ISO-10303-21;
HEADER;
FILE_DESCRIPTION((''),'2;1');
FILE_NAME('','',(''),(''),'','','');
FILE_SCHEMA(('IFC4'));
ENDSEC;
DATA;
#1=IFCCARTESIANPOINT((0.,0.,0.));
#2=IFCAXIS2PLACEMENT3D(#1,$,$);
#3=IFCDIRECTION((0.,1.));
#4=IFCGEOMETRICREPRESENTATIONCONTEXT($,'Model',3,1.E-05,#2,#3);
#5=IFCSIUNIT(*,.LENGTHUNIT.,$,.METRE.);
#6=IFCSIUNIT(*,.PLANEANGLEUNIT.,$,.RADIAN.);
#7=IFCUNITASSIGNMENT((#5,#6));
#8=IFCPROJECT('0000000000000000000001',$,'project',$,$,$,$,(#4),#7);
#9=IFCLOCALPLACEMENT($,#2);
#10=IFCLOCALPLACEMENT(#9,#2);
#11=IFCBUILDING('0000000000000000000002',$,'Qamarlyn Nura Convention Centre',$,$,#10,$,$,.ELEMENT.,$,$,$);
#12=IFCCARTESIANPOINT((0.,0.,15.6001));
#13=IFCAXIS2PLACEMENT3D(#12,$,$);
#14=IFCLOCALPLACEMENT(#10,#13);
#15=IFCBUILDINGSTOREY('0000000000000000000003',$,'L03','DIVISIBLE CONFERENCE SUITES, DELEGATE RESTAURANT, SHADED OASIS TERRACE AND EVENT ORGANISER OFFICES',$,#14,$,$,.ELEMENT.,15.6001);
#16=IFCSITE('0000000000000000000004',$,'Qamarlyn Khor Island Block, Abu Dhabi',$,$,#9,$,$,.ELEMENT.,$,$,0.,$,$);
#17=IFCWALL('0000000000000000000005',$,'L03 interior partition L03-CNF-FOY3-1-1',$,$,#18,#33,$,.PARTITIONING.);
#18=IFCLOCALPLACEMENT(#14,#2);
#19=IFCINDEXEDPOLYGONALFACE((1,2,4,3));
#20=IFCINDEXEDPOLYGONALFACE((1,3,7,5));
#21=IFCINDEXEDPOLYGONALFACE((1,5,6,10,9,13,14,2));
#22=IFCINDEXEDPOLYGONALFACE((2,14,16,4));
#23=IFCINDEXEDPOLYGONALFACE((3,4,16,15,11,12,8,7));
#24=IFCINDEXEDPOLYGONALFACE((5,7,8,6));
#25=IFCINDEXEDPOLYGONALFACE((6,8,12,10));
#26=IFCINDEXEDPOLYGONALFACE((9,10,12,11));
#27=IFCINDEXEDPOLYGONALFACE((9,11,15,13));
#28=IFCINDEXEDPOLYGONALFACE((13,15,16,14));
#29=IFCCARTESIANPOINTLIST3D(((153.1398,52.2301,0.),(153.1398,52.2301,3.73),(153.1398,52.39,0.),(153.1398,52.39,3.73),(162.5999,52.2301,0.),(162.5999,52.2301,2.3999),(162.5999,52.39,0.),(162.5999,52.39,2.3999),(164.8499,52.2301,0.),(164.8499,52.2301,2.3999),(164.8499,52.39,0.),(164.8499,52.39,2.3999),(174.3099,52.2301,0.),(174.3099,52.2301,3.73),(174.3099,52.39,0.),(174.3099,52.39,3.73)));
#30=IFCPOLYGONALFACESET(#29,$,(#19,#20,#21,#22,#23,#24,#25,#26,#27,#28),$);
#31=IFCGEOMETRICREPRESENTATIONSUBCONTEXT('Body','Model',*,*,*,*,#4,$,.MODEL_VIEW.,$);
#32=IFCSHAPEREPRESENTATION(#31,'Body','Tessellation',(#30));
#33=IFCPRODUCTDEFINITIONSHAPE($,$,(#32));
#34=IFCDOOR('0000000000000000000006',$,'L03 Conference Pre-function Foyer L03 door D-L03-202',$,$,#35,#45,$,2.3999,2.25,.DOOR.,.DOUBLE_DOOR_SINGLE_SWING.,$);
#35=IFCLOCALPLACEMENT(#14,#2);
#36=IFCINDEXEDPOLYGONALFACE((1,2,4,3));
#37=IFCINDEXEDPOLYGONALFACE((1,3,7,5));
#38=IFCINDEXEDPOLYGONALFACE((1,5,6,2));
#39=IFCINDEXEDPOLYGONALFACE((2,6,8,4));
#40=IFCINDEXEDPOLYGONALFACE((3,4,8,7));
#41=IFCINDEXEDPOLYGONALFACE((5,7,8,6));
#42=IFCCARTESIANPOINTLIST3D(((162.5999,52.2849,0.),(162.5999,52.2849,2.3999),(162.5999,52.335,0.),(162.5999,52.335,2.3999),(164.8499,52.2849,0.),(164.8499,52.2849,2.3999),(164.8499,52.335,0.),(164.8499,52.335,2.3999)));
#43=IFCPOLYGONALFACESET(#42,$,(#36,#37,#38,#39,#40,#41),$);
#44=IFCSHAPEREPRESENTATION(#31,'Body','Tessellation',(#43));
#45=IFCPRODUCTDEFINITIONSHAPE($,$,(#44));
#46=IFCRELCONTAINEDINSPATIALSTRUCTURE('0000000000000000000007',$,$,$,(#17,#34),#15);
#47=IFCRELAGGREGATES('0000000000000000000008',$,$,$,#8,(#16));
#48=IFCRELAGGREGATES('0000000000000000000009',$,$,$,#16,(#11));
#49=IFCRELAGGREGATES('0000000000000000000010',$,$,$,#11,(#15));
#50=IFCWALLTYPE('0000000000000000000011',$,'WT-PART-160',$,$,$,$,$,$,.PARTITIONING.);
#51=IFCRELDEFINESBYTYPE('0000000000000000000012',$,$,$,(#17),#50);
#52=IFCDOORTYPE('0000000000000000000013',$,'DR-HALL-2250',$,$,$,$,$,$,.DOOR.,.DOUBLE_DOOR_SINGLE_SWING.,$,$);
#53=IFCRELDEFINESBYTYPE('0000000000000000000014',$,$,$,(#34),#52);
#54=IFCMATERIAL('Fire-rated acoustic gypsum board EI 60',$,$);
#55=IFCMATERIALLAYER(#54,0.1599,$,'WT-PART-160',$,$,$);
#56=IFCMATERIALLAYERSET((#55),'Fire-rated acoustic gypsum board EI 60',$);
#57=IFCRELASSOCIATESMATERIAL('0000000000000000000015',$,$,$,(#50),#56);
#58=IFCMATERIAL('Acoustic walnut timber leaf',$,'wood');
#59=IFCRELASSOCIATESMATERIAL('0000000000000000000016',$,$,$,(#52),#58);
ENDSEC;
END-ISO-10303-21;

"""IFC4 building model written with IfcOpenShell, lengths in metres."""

from ifc_helpers import new_model, si_unit, direction, frame, frame_2d, origin, place, context, subcontext, project, spatial, rectangle, extrude, material, layer, layer_set, type_object, element, fill, save


model = new_model("IFC4")

# Units and contexts
model_context = context("Model", 3, precision=1e-05, world=origin(), true_north=direction((0.0, 1.0)))
body_context = subcontext(model_context, "Body", "Model", "MODEL_VIEW")
ifc_project = project(units=[si_unit("LENGTHUNIT", "METRE"), si_unit("PLANEANGLEUNIT", "RADIAN")], contexts=[model_context])

# Site, building, storey
site_placement = place(None, origin())
site = spatial("IfcSite", under=ifc_project, at=site_placement, Name="Qamarlyn Khor Island Block, Abu Dhabi", CompositionType="ELEMENT", RefElevation=0.0)
building_placement = place(site_placement, origin())
building = spatial("IfcBuilding", under=site, at=building_placement, Name="Qamarlyn Nura Convention Centre", CompositionType="ELEMENT")
storey_placement = place(building_placement, frame((0.0, 0.0, 15.6001)))
storey = spatial("IfcBuildingStorey", under=building, at=storey_placement, Name="L03", Description="DIVISIBLE CONFERENCE SUITES, DELEGATE RESTAURANT, SHADED OASIS TERRACE AND EVENT ORGANISER OFFICES", CompositionType="ELEMENT", Elevation=15.6001)

# Shared definitions
ifc_material_1 = material(Name="Acoustic walnut timber leaf", Category="wood")

# Wall, opening, door
ifc_material_2 = material(Name="Fire-rated acoustic gypsum board EI 60")
ifc_layer_1 = layer(ifc_material_2, 0.1599, Name="WT-PART-160")
ifc_layer_set_1 = layer_set([ifc_layer_1], Name="Fire-rated acoustic gypsum board EI 60")
wall_type_1 = type_object("IfcWallType", Name="WT-PART-160", PredefinedType="PARTITIONING", material=ifc_layer_set_1)
wall_1_placement = place(storey_placement, frame((153.1399, 52.3101, 0.0), z_axis=(0.0, 0.0, 1.0), x_axis=(1.0, 0.0, 0.0)))
wall_1 = element("IfcWall", 1, at=wall_1_placement, inside=storey, type_object=wall_type_1, Name="L03 interior partition L03-CNF-FOY3-1-1", PredefinedType="PARTITIONING", context=body_context, shape_type="SweptSolid", body=[
    extrude(rectangle(XDim=21.1702, YDim=0.1599, at=frame_2d((10.585, 0.0))), origin(), (0.0, 0.0, 1.0), 3.73),
])
opening_1_placement = place(wall_1_placement, frame((9.46, 0.0, 0.0)))
opening_1 = element("IfcOpeningElement", 2, at=opening_1_placement, cuts=wall_1, PredefinedType="OPENING", context=body_context, shape_type="SweptSolid", body=[
    extrude(rectangle(XDim=2.25, YDim=2.3999, at=frame_2d((1.125, 1.2))), frame((0.0, 0.0898, 0.0), z_axis=(0.0, -1.0, 0.0), x_axis=(1.0, 0.0, 0.0)), (0.0, 0.0, 1.0), 0.1799),
])
door_type_1 = type_object("IfcDoorType", Name="DR-HALL-2250", OperationType="DOUBLE_DOOR_SINGLE_SWING", PredefinedType="DOOR", material=ifc_material_1)
door_1_placement = place(opening_1_placement, origin())
door_1 = element("IfcDoor", 3, at=door_1_placement, inside=storey, type_object=door_type_1, Name="L03 Conference Pre-function Foyer L03 door D-L03-202", OperationType="DOUBLE_DOOR_SINGLE_SWING", OverallHeight=2.3999, OverallWidth=2.25, PredefinedType="DOOR", context=body_context, shape_type="SweptSolid", body=[
    extrude(rectangle(XDim=2.25, YDim=2.3999, at=frame_2d((1.125, 1.2))), frame((0.0, 0.0249, 0.0), z_axis=(0.0, -1.0, 0.0), x_axis=(1.0, 0.0, 0.0)), (0.0, 0.0, 1.0), 0.05),
])
fill(opening_1, door_1)

save(model, "model.ifc")
